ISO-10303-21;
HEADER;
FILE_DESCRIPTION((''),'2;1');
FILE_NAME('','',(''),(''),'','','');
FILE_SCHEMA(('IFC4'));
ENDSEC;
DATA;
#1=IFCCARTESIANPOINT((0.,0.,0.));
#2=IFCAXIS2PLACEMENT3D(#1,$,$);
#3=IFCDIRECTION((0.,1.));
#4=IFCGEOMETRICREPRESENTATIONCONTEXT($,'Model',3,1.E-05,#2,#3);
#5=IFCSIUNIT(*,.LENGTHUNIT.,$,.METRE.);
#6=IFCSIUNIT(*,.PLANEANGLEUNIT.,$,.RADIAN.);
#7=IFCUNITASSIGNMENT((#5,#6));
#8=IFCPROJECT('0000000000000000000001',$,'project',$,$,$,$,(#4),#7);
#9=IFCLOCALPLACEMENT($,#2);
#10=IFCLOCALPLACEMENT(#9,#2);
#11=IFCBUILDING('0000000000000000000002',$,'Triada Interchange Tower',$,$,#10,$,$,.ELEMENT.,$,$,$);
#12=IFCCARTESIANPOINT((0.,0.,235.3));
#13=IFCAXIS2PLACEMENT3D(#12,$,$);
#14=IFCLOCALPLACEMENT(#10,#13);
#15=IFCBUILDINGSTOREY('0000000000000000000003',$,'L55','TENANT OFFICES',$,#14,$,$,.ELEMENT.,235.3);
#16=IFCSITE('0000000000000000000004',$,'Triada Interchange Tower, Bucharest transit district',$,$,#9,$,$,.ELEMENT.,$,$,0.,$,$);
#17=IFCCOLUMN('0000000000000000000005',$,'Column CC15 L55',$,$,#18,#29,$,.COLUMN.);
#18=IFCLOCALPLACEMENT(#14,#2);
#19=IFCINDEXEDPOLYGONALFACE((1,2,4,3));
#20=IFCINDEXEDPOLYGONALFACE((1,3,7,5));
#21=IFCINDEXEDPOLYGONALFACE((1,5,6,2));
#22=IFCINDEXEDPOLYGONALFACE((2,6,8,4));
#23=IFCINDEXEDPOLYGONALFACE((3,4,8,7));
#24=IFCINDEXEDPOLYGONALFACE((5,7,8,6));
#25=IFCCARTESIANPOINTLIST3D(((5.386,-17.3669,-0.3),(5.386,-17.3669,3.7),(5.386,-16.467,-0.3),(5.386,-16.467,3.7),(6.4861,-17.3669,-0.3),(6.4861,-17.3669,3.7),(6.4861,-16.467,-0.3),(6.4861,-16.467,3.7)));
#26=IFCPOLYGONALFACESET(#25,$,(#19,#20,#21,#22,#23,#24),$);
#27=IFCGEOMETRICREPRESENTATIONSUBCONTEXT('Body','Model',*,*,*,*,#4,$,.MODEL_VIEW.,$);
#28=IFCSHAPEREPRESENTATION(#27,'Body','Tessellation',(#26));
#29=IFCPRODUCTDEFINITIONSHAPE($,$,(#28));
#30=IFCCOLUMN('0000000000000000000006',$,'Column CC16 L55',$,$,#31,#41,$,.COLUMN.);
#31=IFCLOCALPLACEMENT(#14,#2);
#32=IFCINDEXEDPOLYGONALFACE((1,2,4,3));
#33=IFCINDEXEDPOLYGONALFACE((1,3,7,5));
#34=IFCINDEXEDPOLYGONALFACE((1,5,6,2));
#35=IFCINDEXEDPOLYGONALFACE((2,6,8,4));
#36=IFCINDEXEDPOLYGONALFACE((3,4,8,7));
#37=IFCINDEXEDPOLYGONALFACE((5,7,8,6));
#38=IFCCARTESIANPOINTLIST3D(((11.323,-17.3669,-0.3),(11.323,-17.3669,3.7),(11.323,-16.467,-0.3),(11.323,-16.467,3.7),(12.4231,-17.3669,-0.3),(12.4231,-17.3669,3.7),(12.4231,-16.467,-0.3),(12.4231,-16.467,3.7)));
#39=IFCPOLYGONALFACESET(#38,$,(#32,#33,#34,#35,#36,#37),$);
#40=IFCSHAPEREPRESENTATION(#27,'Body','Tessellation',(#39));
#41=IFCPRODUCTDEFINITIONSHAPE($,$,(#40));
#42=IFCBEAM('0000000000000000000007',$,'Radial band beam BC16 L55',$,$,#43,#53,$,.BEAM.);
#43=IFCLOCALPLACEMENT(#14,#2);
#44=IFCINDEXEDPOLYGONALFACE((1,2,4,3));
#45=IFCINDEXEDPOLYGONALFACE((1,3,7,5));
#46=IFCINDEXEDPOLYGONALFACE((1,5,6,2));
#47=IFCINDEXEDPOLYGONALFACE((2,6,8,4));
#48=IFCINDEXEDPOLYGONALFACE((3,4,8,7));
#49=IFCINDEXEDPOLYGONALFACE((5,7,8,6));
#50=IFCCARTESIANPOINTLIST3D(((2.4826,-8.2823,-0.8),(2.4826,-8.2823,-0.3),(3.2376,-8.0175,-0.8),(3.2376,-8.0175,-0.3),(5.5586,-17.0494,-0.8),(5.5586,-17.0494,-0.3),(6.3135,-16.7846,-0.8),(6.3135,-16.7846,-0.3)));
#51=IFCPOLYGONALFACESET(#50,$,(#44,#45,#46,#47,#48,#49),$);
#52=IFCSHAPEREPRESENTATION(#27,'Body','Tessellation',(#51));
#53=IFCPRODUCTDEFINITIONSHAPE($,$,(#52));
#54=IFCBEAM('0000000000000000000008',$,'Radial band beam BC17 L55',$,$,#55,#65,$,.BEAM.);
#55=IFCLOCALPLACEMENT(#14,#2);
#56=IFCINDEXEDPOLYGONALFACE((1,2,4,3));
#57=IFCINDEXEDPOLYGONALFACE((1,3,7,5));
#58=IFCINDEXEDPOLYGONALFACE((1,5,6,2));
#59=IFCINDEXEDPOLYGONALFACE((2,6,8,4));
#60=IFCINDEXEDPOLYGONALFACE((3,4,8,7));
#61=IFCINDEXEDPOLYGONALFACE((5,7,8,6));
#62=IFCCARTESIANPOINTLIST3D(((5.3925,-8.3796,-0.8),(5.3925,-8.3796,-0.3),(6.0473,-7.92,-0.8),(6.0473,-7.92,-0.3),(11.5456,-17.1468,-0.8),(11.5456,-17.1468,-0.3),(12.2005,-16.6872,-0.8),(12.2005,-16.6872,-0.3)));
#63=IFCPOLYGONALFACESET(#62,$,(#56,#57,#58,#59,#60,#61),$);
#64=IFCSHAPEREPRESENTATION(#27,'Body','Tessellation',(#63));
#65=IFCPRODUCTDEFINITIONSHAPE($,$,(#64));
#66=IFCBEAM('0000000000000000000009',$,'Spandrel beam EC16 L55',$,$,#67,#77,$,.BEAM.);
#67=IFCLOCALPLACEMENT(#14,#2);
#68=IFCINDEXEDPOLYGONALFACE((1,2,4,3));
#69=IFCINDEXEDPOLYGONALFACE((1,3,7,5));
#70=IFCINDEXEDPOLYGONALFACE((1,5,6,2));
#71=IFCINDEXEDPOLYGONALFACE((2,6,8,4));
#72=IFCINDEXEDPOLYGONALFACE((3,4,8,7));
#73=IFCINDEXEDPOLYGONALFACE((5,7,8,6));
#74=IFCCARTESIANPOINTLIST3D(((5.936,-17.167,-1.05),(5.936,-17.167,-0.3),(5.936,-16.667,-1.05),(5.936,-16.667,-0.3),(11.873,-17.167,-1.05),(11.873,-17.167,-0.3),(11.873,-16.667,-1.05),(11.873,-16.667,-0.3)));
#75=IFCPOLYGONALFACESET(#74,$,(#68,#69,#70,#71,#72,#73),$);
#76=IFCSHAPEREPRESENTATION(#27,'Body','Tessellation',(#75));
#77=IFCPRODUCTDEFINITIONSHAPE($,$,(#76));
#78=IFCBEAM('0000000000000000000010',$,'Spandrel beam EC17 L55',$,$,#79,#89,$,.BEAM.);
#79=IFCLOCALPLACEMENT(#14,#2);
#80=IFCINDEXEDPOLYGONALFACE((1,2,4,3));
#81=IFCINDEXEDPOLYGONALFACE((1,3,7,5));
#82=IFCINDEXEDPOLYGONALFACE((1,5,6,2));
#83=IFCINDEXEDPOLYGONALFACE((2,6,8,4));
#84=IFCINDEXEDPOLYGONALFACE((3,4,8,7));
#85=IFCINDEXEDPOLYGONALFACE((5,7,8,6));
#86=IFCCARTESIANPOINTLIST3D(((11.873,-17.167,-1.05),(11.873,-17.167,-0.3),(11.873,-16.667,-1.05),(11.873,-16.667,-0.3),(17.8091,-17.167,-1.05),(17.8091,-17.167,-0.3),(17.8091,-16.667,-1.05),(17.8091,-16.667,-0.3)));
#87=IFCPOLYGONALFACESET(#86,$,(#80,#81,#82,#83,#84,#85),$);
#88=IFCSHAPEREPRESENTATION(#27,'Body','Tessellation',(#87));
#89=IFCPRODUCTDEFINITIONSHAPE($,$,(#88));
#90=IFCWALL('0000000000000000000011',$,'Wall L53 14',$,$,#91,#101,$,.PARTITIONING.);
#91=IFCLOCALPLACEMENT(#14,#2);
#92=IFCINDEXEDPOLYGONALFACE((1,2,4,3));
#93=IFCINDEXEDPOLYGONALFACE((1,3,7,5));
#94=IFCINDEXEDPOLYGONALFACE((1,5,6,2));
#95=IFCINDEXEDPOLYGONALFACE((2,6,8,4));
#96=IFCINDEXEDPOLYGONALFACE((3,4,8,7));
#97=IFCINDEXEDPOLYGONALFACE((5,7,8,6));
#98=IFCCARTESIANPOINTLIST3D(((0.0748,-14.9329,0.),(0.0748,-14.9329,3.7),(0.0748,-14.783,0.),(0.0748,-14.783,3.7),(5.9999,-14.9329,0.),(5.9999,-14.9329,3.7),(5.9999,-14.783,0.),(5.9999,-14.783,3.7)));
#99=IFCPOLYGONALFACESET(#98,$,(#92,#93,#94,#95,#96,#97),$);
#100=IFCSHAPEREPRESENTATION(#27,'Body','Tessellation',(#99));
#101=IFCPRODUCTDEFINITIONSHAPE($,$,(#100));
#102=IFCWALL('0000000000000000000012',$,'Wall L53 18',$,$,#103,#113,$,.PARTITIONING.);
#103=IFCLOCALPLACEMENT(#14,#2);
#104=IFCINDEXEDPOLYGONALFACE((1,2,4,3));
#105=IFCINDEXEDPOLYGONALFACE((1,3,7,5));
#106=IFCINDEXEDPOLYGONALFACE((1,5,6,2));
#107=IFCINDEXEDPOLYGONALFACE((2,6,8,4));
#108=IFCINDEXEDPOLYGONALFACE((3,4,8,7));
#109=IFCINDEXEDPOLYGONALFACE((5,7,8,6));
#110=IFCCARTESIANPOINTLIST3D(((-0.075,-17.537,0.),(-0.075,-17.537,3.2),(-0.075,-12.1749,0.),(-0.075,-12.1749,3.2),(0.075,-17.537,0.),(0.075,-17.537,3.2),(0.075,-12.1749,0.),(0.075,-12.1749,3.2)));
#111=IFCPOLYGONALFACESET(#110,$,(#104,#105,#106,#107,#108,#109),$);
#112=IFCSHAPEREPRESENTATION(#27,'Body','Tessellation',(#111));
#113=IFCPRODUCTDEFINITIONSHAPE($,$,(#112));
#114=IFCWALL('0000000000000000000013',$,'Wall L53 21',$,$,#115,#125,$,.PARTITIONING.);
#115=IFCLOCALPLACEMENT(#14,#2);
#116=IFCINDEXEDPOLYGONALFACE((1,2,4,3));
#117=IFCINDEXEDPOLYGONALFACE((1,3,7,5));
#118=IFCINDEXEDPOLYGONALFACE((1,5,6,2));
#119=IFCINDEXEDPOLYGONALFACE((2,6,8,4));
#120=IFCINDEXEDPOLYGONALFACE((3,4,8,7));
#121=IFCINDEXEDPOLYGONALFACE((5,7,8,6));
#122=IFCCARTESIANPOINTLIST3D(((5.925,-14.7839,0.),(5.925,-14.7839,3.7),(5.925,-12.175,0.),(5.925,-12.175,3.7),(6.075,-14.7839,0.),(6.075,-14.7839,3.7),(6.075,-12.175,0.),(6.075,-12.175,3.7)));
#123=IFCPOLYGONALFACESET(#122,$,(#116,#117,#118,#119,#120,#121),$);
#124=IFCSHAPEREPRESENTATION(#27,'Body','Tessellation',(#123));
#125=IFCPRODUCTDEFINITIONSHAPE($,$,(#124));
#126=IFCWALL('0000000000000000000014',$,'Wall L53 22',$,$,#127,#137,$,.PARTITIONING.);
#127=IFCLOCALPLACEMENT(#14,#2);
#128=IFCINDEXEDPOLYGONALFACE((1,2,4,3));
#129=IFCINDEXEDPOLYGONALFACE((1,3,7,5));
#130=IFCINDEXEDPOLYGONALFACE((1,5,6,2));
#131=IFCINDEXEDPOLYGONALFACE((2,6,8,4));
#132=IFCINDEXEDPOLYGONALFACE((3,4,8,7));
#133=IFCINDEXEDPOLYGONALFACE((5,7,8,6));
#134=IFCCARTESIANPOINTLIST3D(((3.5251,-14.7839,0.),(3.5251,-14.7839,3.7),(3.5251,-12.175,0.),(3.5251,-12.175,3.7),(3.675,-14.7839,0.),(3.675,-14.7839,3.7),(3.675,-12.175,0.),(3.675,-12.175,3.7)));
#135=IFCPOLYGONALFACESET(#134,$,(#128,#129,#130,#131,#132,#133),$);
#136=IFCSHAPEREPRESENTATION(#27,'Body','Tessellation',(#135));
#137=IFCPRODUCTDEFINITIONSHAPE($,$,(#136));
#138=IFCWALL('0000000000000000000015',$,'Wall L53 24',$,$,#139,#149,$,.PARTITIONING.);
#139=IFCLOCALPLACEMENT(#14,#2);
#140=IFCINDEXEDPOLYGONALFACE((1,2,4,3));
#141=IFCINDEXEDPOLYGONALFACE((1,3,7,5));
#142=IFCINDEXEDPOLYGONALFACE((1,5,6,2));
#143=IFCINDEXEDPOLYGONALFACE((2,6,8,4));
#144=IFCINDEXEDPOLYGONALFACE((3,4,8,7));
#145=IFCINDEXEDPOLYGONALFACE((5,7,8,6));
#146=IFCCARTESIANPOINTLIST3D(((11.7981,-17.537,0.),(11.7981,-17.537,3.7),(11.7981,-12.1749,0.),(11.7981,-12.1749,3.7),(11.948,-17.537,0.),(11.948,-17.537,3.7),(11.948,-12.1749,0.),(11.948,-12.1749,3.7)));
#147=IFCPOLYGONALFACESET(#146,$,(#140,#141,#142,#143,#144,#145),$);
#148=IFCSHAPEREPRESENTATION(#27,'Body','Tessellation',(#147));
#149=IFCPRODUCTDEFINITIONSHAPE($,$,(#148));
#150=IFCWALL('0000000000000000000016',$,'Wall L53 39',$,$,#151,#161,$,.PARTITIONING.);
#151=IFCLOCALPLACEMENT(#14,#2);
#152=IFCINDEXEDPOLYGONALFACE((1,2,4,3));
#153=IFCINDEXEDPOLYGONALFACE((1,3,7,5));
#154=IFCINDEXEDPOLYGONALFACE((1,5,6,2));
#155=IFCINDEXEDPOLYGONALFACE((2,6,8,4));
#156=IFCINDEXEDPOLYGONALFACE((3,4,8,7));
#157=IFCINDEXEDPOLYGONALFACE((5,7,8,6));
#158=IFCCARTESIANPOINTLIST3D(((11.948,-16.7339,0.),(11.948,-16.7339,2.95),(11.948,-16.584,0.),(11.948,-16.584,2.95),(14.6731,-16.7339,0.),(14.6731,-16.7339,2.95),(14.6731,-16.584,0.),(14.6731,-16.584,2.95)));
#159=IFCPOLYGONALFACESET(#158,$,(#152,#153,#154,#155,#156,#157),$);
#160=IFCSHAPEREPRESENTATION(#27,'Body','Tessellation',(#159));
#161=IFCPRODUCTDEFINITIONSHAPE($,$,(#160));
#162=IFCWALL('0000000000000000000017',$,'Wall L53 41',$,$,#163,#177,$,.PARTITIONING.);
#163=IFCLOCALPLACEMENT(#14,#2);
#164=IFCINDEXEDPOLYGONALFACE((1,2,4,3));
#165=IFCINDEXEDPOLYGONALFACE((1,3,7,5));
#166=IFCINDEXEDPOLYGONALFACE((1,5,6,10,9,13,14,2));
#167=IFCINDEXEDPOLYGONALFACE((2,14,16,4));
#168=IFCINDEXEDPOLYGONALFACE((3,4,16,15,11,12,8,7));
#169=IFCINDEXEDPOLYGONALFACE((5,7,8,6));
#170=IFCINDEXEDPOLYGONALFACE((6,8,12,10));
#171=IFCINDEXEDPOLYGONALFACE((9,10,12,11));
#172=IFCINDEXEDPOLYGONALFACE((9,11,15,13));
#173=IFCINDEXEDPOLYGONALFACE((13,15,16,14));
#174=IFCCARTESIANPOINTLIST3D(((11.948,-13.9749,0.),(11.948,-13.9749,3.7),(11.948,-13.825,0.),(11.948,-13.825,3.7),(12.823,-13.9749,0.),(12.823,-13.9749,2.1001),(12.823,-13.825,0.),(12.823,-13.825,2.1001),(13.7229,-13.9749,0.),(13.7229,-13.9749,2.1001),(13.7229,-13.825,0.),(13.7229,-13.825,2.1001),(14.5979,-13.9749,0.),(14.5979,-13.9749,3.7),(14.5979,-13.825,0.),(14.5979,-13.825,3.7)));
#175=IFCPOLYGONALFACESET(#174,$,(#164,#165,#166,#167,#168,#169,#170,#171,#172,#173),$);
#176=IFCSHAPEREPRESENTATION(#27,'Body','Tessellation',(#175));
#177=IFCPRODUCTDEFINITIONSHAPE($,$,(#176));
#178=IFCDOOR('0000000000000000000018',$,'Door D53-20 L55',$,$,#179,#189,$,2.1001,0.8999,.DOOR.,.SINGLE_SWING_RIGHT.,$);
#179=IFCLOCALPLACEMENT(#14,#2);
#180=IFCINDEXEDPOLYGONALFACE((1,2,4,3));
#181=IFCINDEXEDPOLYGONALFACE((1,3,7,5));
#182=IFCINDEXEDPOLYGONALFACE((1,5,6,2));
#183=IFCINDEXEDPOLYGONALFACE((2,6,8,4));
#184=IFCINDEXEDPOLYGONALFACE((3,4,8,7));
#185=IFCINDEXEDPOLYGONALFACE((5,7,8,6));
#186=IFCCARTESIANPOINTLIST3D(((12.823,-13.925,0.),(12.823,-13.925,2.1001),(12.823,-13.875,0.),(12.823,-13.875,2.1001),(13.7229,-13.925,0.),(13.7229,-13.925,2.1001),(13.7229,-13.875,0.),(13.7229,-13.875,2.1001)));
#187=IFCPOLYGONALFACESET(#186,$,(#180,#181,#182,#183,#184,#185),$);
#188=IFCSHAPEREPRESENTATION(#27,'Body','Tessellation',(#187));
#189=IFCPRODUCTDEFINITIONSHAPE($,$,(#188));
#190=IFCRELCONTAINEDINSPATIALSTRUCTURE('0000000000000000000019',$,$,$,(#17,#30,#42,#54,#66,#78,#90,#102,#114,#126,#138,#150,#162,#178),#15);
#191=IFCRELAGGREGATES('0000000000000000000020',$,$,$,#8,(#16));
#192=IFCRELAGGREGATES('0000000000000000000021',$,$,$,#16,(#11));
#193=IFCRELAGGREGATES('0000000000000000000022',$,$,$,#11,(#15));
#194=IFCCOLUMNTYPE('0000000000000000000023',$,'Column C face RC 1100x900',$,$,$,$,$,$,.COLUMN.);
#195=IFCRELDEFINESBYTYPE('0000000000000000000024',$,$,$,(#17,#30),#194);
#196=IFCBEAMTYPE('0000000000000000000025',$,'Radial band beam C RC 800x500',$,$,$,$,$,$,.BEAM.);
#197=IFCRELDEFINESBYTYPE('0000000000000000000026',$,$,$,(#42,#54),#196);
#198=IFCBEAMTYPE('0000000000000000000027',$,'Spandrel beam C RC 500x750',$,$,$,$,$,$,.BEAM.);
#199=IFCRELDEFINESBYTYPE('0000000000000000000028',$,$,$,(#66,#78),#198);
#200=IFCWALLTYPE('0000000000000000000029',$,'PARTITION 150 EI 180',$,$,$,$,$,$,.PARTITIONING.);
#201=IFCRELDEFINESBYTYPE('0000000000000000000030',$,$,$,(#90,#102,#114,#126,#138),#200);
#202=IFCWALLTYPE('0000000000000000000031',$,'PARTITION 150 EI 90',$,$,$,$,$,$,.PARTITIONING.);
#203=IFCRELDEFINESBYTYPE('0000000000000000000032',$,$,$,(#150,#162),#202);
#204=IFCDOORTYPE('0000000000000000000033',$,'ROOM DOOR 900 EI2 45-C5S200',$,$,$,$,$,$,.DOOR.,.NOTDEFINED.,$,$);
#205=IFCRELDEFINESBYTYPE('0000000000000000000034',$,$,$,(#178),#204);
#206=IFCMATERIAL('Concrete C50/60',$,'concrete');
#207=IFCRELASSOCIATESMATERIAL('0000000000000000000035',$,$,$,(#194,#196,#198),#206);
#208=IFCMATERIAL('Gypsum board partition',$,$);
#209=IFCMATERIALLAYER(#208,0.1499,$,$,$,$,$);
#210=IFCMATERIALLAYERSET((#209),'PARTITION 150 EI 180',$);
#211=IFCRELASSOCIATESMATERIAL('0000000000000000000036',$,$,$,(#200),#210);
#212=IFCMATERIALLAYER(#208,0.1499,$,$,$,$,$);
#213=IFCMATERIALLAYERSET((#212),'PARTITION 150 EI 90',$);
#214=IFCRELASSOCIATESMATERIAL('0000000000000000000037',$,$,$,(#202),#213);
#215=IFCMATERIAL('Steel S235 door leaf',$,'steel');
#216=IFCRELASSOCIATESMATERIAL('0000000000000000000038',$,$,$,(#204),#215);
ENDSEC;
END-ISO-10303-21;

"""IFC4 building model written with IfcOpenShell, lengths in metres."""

from ifc_helpers import new_model, si_unit, direction, frame, frame_2d, origin, origin_2d, place, context, subcontext, project, spatial, rectangle, extrude, material, layer, layer_set, material_profile, profile_set, type_object, element, fill, save


model = new_model("IFC4")

# Units and contexts
model_context = context("Model", 3, precision=1e-05, world=origin(), true_north=direction((0.0, 1.0)))
body_context = subcontext(model_context, "Body", "Model", "MODEL_VIEW")
ifc_project = project(units=[si_unit("LENGTHUNIT", "METRE"), si_unit("PLANEANGLEUNIT", "RADIAN")], contexts=[model_context])

# Site, building, storey
site_placement = place(None, origin())
site = spatial("IfcSite", under=ifc_project, at=site_placement, Name="Triada Interchange Tower, Bucharest transit district", CompositionType="ELEMENT", RefElevation=0.0)
building_placement = place(site_placement, origin())
building = spatial("IfcBuilding", under=site, at=building_placement, Name="Triada Interchange Tower", CompositionType="ELEMENT")
storey_placement = place(building_placement, frame((0.0, 0.0, 235.3)))
storey = spatial("IfcBuildingStorey", under=building, at=storey_placement, Name="L55", Description="TENANT OFFICES", CompositionType="ELEMENT", Elevation=235.3)

# Columns
ifc_material_1 = material(Name="Concrete C50/60", Category="concrete")
ifc_material_profile_1 = material_profile(ifc_material_1, rectangle(XDim=1.1001, YDim=0.8999, at=origin_2d()), Name="RC 1100x900")
ifc_profile_set_1 = profile_set([ifc_material_profile_1], Name="Concrete C50/60")
column_type = type_object("IfcColumnType", Name="Column C face RC 1100x900", PredefinedType="COLUMN", material=ifc_profile_set_1)
for number, where, z_axis, x_axis, name in (
    (1, (5.936, -16.917, -0.3), (0.0, 0.0, 1.0), (1.0, 0.0, 0.0), "Column CC15 L55"),
    (2, (11.873, -16.917, -0.3), (0.0, 0.0, 1.0), (1.0, 0.0, 0.0), "Column CC16 L55"),
):
    element("IfcColumn", number, at=place(storey_placement, frame(where, z_axis=z_axis, x_axis=x_axis)), inside=storey, type_object=column_type, Name=name, PredefinedType="COLUMN", context=body_context, shape_type="SweptSolid", body=[
        extrude(rectangle(XDim=1.1001, YDim=0.8999, at=origin_2d()), origin(), (0.0, 0.0, 1.0), 4.0),
    ])

# Beams
ifc_material_profile_2 = material_profile(ifc_material_1, rectangle(XDim=0.8, YDim=0.5, at=origin_2d()), Name="RC 800x500")
ifc_profile_set_2 = profile_set([ifc_material_profile_2], Name="Concrete C50/60")
beam_type_1 = type_object("IfcBeamType", Name="Radial band beam C RC 800x500", PredefinedType="BEAM", material=ifc_profile_set_2)
beam_1_placement = place(storey_placement, frame((5.936, -16.917, -0.55), z_axis=(-0.331064, 0.943608, 0.0), x_axis=(-0.943608, -0.331064, 0.0)))
element("IfcBeam", 3, at=beam_1_placement, inside=storey, type_object=beam_type_1, Name="Radial band beam BC16 L55", PredefinedType="BEAM", context=body_context, shape_type="SweptSolid", body=[
    extrude(rectangle(XDim=0.8, YDim=0.5, at=origin_2d()), origin(), (0.0, 0.0, 1.0), 9.291),
])
beam_2_placement = place(storey_placement, frame((11.873, -16.917, -0.55), z_axis=(-0.574472, 0.818525, 0.0), x_axis=(-0.818525, -0.574472, 0.0)))
element("IfcBeam", 4, at=beam_2_placement, inside=storey, type_object=beam_type_1, Name="Radial band beam BC17 L55", PredefinedType="BEAM", context=body_context, shape_type="SweptSolid", body=[
    extrude(rectangle(XDim=0.8, YDim=0.5, at=origin_2d()), origin(), (0.0, 0.0, 1.0), 10.7109),
])
ifc_material_profile_3 = material_profile(ifc_material_1, rectangle(XDim=0.5, YDim=0.75, at=origin_2d()), Name="RC 500x750")
ifc_profile_set_3 = profile_set([ifc_material_profile_3], Name="Concrete C50/60")
beam_type_2 = type_object("IfcBeamType", Name="Spandrel beam C RC 500x750", PredefinedType="BEAM", material=ifc_profile_set_3)
beam_3_placement = place(storey_placement, frame((5.936, -16.917, -0.675), z_axis=(1.0, 0.0, 0.0), x_axis=(0.0, 1.0, 0.0)))
element("IfcBeam", 5, at=beam_3_placement, inside=storey, type_object=beam_type_2, Name="Spandrel beam EC16 L55", PredefinedType="BEAM", context=body_context, shape_type="SweptSolid", body=[
    extrude(rectangle(XDim=0.5, YDim=0.75, at=origin_2d()), origin(), (0.0, 0.0, 1.0), 5.937),
])
beam_4_placement = place(storey_placement, frame((11.873, -16.917, -0.675), z_axis=(1.0, 0.0, 0.0), x_axis=(0.0, 1.0, 0.0)))
element("IfcBeam", 6, at=beam_4_placement, inside=storey, type_object=beam_type_2, Name="Spandrel beam EC17 L55", PredefinedType="BEAM", context=body_context, shape_type="SweptSolid", body=[
    extrude(rectangle(XDim=0.5, YDim=0.75, at=origin_2d()), origin(), (0.0, 0.0, 1.0), 5.936),
])

# Walls
ifc_material_2 = material(Name="Gypsum board partition")
ifc_layer_1 = layer(ifc_material_2, 0.1499)
ifc_layer_set_1 = layer_set([ifc_layer_1], Name="PARTITION 150 EI 180")
wall_type_1 = type_object("IfcWallType", Name="PARTITION 150 EI 180", PredefinedType="PARTITIONING", material=ifc_layer_set_1)
wall_1_placement = place(storey_placement, frame((0.075, -14.8579, 0.0), z_axis=(0.0, 0.0, 1.0), x_axis=(1.0, 0.0, 0.0)))
element("IfcWall", 7, at=wall_1_placement, inside=storey, type_object=wall_type_1, Name="Wall L53 14", PredefinedType="PARTITIONING", context=body_context, shape_type="SweptSolid", body=[
    extrude(rectangle(XDim=5.925, YDim=0.1499, at=frame_2d((2.9624, 0.0))), origin(), (0.0, 0.0, 1.0), 3.7),
])
wall_2_placement = place(storey_placement, frame((0.0, -17.5371, 0.0), z_axis=(0.0, 0.0, 1.0), x_axis=(0.0, 1.0, 0.0)))
element("IfcWall", 8, at=wall_2_placement, inside=storey, type_object=wall_type_1, Name="Wall L53 18", PredefinedType="PARTITIONING", context=body_context, shape_type="SweptSolid", body=[
    extrude(rectangle(XDim=5.3621, YDim=0.1499, at=frame_2d((2.6812, 0.0))), origin(), (0.0, 0.0, 1.0), 3.2),
])
for number, where, z_axis, x_axis, name in (
    (9, (6.0, -14.7839, 0.0), (0.0, 0.0, 1.0), (0.0, 1.0, 0.0), "Wall L53 21"),
    (10, (3.6001, -14.7839, 0.0), (0.0, 0.0, 1.0), (0.0, 1.0, 0.0), "Wall L53 22"),
):
    element("IfcWall", number, at=place(storey_placement, frame(where, z_axis=z_axis, x_axis=x_axis)), inside=storey, type_object=wall_type_1, Name=name, PredefinedType="PARTITIONING", context=body_context, shape_type="SweptSolid", body=[
        extrude(rectangle(XDim=2.6089, YDim=0.1499, at=frame_2d((1.3044, 0.0))), origin(), (0.0, 0.0, 1.0), 3.7),
    ])
wall_3_placement = place(storey_placement, frame((11.873, -17.5371, 0.0), z_axis=(0.0, 0.0, 1.0), x_axis=(0.0, 1.0, 0.0)))
element("IfcWall", 11, at=wall_3_placement, inside=storey, type_object=wall_type_1, Name="Wall L53 24", PredefinedType="PARTITIONING", context=body_context, shape_type="SweptSolid", body=[
    extrude(rectangle(XDim=5.3621, YDim=0.1499, at=frame_2d((2.6812, 0.0))), origin(), (0.0, 0.0, 1.0), 3.7),
])
ifc_layer_2 = layer(ifc_material_2, 0.1499)
ifc_layer_set_2 = layer_set([ifc_layer_2], Name="PARTITION 150 EI 90")
wall_type_2 = type_object("IfcWallType", Name="PARTITION 150 EI 90", PredefinedType="PARTITIONING", material=ifc_layer_set_2)
wall_4_placement = place(storey_placement, frame((11.948, -16.6589, 0.0), z_axis=(0.0, 0.0, 1.0), x_axis=(1.0, 0.0, 0.0)))
element("IfcWall", 12, at=wall_4_placement, inside=storey, type_object=wall_type_2, Name="Wall L53 39", PredefinedType="PARTITIONING", context=body_context, shape_type="SweptSolid", body=[
    extrude(rectangle(XDim=2.7251, YDim=0.1499, at=frame_2d((1.3625, 0.0))), origin(), (0.0, 0.0, 1.0), 2.95),
])

# Wall, opening, door
wall_5_placement = place(storey_placement, frame((11.948, -13.8999, 0.0), z_axis=(0.0, 0.0, 1.0), x_axis=(1.0, 0.0, 0.0)))
wall_5 = element("IfcWall", 13, at=wall_5_placement, inside=storey, type_object=wall_type_2, Name="Wall L53 41", PredefinedType="PARTITIONING", context=body_context, shape_type="SweptSolid", body=[
    extrude(rectangle(XDim=2.6499, YDim=0.1499, at=frame_2d((1.325, 0.0))), origin(), (0.0, 0.0, 1.0), 3.7),
])
opening_placement = place(wall_5_placement, frame((0.875, 0.0, 0.0)))
opening = element("IfcOpeningElement", 14, at=opening_placement, cuts=wall_5, PredefinedType="OPENING", context=body_context, shape_type="SweptSolid", body=[
    extrude(rectangle(XDim=0.8999, YDim=2.1001, at=frame_2d((0.45, 1.05))), frame((0.0, 0.085, 0.0), z_axis=(0.0, -1.0, 0.0), x_axis=(1.0, 0.0, 0.0)), (0.0, 0.0, 1.0), 0.1699),
])
ifc_material_3 = material(Name="Steel S235 door leaf", Category="steel")
door_type = type_object("IfcDoorType", Name="ROOM DOOR 900 EI2 45-C5S200", OperationType="NOTDEFINED", PredefinedType="DOOR", material=ifc_material_3)
door_placement = place(opening_placement, origin())
door = element("IfcDoor", 15, at=door_placement, inside=storey, type_object=door_type, Name="Door D53-20 L55", OperationType="SINGLE_SWING_RIGHT", OverallHeight=2.1001, OverallWidth=0.8999, PredefinedType="DOOR", context=body_context, shape_type="SweptSolid", body=[
    extrude(rectangle(XDim=0.8999, YDim=2.1001, at=frame_2d((0.45, 1.05))), frame((0.0, 0.0249, 0.0), z_axis=(0.0, -1.0, 0.0), x_axis=(1.0, 0.0, 0.0)), (0.0, 0.0, 1.0), 0.05),
])
fill(opening, door)

save(model, "model.ifc")
